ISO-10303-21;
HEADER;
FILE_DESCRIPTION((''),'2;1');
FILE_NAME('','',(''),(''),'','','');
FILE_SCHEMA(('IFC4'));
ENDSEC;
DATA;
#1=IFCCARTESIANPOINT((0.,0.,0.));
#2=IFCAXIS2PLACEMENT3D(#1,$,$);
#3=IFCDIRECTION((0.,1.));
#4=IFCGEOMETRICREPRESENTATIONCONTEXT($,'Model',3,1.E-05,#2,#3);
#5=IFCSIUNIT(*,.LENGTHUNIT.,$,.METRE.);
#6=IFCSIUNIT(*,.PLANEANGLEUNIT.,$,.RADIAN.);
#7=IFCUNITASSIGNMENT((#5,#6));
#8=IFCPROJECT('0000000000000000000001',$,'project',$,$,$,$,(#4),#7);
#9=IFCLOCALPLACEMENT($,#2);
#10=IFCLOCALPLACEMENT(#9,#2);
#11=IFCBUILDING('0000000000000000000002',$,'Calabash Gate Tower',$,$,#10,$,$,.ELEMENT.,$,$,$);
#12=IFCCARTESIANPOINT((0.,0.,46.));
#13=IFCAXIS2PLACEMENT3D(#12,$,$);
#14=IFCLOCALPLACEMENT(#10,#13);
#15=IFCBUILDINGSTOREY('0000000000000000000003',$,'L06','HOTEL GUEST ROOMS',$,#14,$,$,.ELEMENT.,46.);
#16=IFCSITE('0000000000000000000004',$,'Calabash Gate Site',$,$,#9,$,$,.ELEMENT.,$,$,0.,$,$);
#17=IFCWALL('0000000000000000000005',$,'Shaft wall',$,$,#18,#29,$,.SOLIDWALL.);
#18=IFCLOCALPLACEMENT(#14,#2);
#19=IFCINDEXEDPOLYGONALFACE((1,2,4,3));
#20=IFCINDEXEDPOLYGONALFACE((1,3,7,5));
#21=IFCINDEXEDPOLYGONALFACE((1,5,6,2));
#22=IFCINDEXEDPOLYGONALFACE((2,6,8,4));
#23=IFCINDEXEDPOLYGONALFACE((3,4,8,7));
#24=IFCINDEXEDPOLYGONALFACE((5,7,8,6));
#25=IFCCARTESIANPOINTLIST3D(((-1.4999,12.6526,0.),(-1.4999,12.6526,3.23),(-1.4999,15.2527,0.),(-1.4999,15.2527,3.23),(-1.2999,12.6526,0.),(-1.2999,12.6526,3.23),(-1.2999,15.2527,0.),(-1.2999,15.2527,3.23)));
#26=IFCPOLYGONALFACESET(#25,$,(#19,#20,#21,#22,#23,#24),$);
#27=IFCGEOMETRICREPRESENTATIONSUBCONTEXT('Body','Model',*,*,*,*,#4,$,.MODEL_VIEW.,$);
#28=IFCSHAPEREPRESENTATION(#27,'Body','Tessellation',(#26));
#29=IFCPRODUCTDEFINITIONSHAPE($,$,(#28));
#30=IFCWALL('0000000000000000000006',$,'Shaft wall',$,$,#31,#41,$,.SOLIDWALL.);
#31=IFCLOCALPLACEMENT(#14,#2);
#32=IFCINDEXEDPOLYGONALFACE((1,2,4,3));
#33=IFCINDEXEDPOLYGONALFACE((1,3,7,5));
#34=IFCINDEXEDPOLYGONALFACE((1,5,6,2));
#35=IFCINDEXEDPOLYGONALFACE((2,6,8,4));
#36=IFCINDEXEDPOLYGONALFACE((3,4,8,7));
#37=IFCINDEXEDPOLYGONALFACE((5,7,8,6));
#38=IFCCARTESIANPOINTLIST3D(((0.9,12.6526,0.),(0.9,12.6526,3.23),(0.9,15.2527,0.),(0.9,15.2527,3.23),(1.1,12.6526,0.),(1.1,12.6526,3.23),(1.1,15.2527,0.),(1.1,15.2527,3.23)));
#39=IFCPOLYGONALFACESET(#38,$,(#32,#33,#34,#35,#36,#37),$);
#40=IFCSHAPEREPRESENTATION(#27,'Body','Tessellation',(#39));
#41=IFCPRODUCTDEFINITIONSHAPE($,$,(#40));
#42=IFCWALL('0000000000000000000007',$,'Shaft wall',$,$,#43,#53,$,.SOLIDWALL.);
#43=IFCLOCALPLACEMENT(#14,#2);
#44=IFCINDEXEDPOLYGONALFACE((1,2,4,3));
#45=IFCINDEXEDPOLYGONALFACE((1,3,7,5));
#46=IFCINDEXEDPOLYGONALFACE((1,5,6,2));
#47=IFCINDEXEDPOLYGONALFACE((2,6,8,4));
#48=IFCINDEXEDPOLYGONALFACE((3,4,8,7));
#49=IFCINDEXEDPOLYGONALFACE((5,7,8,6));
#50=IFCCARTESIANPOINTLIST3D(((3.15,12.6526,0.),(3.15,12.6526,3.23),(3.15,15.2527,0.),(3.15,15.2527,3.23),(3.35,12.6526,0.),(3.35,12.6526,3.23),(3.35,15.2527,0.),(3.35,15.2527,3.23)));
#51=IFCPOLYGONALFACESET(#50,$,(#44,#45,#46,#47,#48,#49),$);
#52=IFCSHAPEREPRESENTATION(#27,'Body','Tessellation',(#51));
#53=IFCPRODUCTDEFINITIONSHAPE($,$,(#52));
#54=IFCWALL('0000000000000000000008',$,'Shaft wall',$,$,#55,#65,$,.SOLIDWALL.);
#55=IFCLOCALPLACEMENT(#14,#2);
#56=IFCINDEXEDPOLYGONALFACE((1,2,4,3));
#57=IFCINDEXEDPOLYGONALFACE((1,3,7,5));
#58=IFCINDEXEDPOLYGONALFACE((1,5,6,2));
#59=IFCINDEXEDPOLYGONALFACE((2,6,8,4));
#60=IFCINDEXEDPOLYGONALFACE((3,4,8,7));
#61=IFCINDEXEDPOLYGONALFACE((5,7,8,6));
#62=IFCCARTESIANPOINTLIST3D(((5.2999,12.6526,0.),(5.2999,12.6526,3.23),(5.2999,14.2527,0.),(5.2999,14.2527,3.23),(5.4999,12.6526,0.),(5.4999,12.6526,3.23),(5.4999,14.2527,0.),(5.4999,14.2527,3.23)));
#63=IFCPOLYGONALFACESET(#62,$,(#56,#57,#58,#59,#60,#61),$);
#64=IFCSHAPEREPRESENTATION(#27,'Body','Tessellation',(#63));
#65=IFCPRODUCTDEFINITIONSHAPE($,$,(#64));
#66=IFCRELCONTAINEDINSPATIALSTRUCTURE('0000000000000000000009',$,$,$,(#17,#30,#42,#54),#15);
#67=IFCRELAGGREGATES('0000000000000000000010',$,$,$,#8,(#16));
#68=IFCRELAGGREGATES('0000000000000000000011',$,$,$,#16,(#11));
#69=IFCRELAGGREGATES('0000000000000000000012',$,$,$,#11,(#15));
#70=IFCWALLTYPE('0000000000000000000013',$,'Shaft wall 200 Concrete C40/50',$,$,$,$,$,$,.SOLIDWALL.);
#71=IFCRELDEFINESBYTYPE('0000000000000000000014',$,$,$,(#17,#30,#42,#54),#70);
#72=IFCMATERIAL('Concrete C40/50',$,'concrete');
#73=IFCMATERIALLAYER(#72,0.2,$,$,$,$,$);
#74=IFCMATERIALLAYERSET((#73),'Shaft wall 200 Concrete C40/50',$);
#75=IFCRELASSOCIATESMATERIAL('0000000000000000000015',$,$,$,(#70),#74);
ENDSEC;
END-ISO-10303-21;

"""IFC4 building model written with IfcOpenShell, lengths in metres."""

from ifc_helpers import new_model, si_unit, direction, frame, frame_2d, origin, place, context, subcontext, project, spatial, rectangle, extrude, material, layer, layer_set, type_object, element, save


model = new_model("IFC4")

# Units and contexts
model_context = context("Model", 3, precision=1e-05, world=origin(), true_north=direction((0.0, 1.0)))
body_context = subcontext(model_context, "Body", "Model", "MODEL_VIEW")
ifc_project = project(units=[si_unit("LENGTHUNIT", "METRE"), si_unit("PLANEANGLEUNIT", "RADIAN")], contexts=[model_context])

# Site, building, storey
site_placement = place(None, origin())
site = spatial("IfcSite", under=ifc_project, at=site_placement, Name="Calabash Gate Site", CompositionType="ELEMENT", RefElevation=0.0)
building_placement = place(site_placement, origin())
building = spatial("IfcBuilding", under=site, at=building_placement, Name="Calabash Gate Tower", CompositionType="ELEMENT")
storey_placement = place(building_placement, frame((0.0, 0.0, 46.0)))
storey = spatial("IfcBuildingStorey", under=building, at=storey_placement, Name="L06", Description="HOTEL GUEST ROOMS", CompositionType="ELEMENT", Elevation=46.0)

# Shared definitions
ifc_material_1 = material(Name="Concrete C40/50", Category="concrete")
ifc_layer_1 = layer(ifc_material_1, 0.2)
ifc_layer_set_1 = layer_set([ifc_layer_1], Name="Shaft wall 200 Concrete C40/50")
wall_type_1 = type_object("IfcWallType", Name="Shaft wall 200 Concrete C40/50", PredefinedType="SOLIDWALL", material=ifc_layer_set_1)

# Walls
for number, where, z_axis, x_axis, name in (
    (1, (-1.3999, 12.6526, 0.0), (0.0, 0.0, 1.0), (0.0, 1.0, 0.0), "Shaft wall"),
    (2, (1.0, 12.6526, 0.0), (0.0, 0.0, 1.0), (0.0, 1.0, 0.0), "Shaft wall"),
    (3, (3.25, 12.6526, 0.0), (0.0, 0.0, 1.0), (0.0, 1.0, 0.0), "Shaft wall"),
):
    element("IfcWall", number, at=place(storey_placement, frame(where, z_axis=z_axis, x_axis=x_axis)), inside=storey, type_object=wall_type_1, Name=name, PredefinedType="SOLIDWALL", context=body_context, shape_type="SweptSolid", body=[
        extrude(rectangle(XDim=2.6001, YDim=0.2, at=frame_2d((1.3, 0.0))), origin(), (0.0, 0.0, 1.0), 3.23),
    ])
wall_1_placement = place(storey_placement, frame((5.3999, 12.6526, 0.0), z_axis=(0.0, 0.0, 1.0), x_axis=(0.0, 1.0, 0.0)))
element("IfcWall", 4, at=wall_1_placement, inside=storey, type_object=wall_type_1, Name="Shaft wall", PredefinedType="SOLIDWALL", context=body_context, shape_type="SweptSolid", body=[
    extrude(rectangle(XDim=1.6001, YDim=0.2, at=frame_2d((0.8, 0.0))), origin(), (0.0, 0.0, 1.0), 3.23),
])

save(model, "model.ifc")
